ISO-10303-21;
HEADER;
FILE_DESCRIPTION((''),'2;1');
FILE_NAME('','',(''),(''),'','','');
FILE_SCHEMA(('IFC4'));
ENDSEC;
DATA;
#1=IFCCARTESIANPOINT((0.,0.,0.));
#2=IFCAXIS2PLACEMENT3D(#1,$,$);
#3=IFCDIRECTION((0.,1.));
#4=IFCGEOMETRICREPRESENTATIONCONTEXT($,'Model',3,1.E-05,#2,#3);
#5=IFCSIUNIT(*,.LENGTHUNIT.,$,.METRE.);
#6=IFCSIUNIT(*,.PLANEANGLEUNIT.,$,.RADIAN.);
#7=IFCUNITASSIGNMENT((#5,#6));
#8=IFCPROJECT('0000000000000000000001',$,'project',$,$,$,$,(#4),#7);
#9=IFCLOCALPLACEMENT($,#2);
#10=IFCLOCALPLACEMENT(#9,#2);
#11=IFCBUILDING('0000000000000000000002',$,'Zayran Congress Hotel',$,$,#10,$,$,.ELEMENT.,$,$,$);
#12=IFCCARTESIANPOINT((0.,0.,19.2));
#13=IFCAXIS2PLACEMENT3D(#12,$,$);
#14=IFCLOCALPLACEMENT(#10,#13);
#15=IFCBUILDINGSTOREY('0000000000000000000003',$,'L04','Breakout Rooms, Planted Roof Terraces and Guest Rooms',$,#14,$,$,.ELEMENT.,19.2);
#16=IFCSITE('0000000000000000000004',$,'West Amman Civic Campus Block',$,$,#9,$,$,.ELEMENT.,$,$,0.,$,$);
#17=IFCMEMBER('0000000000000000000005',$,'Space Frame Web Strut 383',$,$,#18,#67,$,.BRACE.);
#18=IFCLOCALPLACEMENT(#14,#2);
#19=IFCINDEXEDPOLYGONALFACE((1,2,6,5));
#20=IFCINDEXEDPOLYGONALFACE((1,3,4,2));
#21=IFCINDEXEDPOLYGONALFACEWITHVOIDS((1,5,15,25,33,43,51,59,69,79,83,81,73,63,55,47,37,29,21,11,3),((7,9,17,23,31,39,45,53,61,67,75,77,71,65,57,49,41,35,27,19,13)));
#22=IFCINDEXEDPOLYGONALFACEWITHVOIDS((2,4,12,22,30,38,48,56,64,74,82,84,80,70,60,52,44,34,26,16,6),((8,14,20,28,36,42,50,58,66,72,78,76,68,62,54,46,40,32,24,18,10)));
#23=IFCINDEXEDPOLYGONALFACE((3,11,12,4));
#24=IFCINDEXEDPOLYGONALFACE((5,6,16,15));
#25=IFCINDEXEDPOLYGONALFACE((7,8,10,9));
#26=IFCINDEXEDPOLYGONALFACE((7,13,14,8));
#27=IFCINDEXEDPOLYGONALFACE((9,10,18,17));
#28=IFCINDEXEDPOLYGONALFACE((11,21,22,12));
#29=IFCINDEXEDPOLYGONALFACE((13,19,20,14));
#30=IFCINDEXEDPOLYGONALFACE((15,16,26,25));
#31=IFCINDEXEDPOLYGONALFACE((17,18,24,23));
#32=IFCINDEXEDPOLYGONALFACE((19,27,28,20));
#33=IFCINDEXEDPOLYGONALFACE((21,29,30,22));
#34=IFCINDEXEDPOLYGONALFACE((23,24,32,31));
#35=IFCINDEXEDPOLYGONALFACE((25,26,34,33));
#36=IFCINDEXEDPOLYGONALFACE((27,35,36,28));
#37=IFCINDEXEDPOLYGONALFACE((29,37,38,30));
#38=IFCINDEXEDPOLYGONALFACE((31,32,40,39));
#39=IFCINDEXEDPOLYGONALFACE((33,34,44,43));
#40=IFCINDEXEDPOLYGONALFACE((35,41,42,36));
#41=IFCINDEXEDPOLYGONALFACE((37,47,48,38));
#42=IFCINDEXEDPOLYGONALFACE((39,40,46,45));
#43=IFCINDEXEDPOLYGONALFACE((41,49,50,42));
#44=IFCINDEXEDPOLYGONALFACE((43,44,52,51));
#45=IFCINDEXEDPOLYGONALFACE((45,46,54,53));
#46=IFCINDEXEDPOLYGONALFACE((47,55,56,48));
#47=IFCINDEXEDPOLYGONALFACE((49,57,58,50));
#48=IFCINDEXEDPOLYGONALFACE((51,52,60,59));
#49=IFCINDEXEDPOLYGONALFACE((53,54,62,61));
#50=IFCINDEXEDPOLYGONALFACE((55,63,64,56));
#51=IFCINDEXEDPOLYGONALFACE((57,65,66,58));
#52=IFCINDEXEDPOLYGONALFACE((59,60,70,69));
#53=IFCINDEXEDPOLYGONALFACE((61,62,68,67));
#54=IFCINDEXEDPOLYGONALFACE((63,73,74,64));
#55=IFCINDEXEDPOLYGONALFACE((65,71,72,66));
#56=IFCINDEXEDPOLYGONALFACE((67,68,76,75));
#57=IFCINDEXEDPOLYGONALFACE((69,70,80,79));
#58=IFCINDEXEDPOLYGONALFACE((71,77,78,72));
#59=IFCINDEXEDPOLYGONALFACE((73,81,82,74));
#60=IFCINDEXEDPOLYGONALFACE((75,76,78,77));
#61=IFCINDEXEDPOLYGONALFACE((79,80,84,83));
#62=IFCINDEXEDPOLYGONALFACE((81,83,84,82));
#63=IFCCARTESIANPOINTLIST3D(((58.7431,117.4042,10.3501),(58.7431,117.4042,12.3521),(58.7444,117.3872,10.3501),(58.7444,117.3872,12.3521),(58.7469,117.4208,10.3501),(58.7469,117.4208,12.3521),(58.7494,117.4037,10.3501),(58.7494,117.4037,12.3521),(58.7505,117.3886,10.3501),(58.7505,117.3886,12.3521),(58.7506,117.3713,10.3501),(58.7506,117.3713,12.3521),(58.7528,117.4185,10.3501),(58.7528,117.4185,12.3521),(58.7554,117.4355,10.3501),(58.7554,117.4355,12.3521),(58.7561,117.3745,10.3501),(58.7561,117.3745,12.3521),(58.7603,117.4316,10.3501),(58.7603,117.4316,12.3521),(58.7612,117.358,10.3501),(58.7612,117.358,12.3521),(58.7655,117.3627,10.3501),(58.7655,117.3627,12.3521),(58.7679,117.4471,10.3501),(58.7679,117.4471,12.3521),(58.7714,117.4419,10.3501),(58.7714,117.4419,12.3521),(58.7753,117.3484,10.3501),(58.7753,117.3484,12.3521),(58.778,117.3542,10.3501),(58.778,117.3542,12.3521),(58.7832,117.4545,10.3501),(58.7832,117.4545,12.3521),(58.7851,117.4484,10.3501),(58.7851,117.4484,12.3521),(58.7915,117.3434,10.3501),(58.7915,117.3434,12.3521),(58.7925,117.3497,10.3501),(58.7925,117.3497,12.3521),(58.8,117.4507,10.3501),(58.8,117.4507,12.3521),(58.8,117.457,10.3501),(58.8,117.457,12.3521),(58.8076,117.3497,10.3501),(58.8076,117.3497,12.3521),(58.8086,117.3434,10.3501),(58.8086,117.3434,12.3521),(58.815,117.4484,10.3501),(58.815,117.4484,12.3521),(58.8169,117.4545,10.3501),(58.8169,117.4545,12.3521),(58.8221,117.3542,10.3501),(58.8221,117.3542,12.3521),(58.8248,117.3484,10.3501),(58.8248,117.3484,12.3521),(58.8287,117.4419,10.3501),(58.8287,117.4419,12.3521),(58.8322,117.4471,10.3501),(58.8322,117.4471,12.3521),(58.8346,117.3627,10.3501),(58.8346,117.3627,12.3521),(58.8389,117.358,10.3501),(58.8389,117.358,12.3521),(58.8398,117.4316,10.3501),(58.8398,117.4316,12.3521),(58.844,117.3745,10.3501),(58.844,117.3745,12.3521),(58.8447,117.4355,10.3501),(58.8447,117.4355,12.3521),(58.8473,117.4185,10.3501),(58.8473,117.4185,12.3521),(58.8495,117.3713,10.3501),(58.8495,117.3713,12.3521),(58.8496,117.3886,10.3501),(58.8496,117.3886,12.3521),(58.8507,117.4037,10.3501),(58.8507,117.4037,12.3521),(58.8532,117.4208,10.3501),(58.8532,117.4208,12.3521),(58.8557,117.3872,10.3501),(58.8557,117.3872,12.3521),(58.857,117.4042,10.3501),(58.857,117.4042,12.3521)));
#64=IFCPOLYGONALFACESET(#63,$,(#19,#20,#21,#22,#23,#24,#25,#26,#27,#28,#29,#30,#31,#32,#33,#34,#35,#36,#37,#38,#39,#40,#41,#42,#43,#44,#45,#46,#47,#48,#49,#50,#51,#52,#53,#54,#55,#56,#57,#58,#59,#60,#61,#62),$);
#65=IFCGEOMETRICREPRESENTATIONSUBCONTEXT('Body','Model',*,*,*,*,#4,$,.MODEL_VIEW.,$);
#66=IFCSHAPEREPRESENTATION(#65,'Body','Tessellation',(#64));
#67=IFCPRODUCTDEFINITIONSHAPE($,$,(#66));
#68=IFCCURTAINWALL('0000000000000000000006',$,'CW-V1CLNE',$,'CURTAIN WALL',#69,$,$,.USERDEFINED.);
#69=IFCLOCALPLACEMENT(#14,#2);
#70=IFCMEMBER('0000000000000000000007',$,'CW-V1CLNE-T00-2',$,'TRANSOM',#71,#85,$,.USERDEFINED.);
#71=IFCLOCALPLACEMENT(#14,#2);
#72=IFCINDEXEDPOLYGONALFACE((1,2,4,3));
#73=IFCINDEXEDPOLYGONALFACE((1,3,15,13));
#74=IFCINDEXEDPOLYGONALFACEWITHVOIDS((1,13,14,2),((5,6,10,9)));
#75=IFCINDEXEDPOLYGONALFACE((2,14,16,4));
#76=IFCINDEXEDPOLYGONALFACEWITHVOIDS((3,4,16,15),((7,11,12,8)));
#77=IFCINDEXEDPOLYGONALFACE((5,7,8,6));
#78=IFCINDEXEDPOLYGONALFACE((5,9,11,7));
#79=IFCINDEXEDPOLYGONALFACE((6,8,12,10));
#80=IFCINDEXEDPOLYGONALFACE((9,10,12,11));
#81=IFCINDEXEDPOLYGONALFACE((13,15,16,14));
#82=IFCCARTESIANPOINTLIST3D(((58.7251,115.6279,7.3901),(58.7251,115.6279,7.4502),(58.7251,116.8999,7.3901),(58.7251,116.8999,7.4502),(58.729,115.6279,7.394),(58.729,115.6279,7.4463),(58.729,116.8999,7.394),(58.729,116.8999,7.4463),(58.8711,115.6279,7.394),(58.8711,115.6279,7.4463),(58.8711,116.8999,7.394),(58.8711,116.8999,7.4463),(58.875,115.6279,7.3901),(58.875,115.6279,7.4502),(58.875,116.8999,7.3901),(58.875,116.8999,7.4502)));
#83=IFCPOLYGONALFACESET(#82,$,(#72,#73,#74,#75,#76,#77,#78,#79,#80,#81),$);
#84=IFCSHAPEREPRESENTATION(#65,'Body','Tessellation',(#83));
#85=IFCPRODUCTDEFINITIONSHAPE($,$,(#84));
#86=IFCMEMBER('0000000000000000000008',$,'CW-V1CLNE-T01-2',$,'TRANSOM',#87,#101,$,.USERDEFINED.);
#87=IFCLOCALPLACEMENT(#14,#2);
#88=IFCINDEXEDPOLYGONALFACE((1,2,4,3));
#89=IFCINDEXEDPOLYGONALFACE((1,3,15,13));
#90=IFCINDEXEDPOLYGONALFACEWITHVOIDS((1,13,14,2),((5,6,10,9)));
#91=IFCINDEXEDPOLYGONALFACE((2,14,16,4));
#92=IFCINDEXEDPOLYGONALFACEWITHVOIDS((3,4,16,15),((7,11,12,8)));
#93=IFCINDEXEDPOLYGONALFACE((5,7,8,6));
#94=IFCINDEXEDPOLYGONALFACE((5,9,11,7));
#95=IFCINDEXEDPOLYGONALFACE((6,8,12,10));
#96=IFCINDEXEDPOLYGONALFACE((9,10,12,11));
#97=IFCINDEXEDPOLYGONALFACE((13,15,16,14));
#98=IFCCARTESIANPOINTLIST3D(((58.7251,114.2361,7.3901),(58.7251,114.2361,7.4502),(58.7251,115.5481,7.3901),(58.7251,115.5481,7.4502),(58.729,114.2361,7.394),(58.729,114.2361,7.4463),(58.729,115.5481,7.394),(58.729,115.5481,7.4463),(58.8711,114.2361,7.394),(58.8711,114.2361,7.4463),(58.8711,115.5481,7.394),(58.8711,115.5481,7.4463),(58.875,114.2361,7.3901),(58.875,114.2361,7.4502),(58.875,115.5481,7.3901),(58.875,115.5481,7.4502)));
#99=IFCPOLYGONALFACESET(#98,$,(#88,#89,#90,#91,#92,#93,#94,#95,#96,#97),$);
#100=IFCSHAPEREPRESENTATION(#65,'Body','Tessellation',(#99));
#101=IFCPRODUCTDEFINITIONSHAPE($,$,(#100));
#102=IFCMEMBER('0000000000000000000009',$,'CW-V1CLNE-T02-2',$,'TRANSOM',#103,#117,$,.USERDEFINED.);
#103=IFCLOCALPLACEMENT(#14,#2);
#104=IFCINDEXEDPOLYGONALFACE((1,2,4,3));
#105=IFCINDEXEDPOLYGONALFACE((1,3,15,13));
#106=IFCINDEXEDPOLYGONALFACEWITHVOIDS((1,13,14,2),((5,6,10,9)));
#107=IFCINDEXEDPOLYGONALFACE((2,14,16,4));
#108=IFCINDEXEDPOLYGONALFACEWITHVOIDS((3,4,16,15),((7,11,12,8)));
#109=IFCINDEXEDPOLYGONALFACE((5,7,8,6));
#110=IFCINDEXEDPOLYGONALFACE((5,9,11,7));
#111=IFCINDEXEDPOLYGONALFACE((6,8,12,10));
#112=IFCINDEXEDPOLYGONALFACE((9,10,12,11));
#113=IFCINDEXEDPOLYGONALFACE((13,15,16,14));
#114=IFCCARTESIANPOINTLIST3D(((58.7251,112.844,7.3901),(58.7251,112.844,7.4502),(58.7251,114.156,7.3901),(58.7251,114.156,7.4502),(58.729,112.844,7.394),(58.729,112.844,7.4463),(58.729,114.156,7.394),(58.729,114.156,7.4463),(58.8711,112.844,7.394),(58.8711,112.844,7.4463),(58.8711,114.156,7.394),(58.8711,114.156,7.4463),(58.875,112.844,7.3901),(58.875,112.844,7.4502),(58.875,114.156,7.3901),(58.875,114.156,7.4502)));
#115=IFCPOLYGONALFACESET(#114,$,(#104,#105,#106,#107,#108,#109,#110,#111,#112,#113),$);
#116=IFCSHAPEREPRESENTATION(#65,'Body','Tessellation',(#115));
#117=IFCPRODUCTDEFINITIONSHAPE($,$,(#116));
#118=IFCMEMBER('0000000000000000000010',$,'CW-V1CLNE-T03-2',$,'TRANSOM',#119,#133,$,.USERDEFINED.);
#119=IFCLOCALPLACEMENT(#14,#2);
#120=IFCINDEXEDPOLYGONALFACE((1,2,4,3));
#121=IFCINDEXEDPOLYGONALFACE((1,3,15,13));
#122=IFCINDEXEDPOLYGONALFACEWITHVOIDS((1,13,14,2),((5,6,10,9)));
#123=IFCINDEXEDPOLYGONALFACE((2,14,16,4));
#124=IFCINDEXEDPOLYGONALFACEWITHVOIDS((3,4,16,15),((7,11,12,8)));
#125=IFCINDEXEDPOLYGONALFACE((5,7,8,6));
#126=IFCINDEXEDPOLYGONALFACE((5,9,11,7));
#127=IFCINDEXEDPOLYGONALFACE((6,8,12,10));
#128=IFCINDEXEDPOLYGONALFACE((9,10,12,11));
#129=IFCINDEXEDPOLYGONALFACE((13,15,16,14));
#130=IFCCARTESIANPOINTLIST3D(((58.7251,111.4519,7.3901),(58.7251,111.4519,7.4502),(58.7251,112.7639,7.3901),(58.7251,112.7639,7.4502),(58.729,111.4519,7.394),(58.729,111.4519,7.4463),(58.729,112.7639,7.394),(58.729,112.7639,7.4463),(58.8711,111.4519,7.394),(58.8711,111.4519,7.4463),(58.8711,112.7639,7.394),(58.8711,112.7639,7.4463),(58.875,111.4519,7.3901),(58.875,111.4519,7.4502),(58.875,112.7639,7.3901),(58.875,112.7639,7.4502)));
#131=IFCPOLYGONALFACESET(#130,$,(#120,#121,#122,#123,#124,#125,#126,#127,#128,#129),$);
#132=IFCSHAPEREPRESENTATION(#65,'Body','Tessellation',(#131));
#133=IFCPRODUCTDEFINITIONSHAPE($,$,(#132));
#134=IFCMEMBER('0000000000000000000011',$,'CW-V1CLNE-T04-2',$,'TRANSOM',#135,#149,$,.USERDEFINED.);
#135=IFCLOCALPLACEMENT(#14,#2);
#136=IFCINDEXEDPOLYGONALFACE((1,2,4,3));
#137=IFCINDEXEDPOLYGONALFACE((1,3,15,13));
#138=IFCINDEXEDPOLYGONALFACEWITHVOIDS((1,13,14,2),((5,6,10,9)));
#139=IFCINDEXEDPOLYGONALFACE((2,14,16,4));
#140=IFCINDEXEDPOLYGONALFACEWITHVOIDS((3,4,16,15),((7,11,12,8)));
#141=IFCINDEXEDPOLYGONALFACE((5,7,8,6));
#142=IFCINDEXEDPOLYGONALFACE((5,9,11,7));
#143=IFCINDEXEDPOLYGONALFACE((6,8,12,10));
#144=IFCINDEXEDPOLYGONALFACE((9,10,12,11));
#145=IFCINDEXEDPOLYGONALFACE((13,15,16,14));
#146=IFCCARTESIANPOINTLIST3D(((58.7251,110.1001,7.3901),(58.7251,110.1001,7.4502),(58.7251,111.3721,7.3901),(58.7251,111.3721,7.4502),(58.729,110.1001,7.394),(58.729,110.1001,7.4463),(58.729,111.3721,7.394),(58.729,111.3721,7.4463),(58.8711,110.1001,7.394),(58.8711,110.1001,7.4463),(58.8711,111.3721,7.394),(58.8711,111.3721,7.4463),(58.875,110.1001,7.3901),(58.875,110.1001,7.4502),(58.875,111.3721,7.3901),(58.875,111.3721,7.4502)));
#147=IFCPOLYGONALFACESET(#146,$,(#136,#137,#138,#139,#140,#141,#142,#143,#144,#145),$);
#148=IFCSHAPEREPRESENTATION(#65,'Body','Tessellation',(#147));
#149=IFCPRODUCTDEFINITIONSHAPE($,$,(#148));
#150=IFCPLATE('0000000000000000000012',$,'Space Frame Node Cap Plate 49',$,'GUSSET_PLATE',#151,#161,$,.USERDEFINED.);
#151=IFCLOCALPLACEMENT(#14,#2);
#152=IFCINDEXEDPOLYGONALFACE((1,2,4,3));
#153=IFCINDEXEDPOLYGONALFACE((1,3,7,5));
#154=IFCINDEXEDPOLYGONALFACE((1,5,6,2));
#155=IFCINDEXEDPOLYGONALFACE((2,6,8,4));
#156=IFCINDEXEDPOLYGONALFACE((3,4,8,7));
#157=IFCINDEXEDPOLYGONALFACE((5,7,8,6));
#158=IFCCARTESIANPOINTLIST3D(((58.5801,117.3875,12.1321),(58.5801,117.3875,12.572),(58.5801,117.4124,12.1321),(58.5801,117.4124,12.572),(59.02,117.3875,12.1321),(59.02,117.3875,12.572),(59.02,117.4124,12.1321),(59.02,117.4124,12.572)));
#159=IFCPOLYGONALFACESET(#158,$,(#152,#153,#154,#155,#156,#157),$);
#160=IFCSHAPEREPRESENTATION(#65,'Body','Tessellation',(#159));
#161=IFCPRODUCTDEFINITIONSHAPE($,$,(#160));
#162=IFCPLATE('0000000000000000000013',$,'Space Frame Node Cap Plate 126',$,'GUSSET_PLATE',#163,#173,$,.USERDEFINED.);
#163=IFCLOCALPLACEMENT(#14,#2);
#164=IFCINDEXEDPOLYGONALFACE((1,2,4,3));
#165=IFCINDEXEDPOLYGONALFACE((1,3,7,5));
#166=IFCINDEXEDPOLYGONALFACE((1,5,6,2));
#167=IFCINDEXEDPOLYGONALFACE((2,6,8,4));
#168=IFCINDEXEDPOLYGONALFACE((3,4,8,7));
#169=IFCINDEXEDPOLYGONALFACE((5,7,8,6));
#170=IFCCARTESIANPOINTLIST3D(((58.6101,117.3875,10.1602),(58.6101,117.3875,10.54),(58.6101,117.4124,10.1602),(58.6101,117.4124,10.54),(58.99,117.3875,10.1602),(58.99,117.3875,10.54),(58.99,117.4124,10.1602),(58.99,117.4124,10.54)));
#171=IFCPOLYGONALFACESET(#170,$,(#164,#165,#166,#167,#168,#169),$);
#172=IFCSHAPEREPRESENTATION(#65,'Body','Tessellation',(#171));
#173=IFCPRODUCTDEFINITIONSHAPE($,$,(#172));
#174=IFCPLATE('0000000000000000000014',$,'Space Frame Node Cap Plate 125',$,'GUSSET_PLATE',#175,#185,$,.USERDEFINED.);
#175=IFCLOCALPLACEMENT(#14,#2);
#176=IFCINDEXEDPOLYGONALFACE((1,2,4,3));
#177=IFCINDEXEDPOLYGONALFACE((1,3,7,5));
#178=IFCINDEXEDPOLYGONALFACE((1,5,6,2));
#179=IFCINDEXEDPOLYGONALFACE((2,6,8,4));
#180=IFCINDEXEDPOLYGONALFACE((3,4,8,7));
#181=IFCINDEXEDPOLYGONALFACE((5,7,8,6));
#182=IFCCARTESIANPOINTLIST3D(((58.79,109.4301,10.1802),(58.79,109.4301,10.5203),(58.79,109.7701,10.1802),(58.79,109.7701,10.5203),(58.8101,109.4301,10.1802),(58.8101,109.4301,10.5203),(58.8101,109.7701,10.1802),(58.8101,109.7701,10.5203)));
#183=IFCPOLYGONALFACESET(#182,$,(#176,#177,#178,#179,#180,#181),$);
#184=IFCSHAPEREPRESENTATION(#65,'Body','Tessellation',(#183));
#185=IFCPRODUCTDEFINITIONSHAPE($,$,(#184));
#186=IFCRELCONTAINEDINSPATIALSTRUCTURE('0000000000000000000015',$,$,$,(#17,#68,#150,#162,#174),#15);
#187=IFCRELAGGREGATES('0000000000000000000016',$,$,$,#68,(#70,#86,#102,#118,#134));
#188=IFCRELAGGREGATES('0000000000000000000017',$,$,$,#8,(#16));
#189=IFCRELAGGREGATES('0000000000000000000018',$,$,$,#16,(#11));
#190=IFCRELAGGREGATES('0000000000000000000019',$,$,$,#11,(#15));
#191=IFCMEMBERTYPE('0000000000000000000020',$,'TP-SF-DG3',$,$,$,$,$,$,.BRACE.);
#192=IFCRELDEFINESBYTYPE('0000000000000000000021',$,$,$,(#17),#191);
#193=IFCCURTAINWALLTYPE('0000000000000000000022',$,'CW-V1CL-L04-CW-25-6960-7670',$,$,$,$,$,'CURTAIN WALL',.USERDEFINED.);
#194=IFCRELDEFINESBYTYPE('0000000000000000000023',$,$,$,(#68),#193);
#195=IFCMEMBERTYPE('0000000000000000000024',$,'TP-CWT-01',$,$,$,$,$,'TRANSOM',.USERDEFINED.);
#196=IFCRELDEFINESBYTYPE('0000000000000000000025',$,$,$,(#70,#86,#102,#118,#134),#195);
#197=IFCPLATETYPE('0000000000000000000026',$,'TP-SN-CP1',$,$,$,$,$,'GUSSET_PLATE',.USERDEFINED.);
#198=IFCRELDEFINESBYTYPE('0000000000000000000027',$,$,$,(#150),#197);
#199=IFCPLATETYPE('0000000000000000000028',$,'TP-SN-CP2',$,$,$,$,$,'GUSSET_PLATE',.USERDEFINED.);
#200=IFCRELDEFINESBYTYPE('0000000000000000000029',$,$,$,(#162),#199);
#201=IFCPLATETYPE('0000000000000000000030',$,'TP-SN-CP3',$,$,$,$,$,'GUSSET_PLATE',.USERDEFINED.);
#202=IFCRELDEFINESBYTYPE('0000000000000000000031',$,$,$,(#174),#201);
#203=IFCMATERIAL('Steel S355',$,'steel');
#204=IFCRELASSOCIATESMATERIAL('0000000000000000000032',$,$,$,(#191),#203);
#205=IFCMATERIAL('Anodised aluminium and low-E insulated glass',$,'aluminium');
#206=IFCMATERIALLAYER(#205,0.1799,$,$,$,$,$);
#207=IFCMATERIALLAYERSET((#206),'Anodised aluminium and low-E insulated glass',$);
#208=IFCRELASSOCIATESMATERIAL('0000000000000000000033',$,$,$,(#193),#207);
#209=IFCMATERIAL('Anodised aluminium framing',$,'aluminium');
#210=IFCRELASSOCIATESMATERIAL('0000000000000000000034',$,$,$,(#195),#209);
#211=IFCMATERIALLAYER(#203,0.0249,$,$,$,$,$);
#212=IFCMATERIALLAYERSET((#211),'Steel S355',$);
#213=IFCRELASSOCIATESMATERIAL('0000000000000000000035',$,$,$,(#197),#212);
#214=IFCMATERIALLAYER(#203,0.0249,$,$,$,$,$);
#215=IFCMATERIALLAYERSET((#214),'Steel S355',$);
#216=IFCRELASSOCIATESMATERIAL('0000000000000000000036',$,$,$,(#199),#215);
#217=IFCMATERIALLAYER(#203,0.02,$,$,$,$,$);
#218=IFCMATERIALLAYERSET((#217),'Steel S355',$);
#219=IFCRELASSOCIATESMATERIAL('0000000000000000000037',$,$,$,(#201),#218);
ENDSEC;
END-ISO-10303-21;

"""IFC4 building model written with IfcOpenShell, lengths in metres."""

from ifc_helpers import new_model, si_unit, direction, frame, origin, origin_2d, place, context, subcontext, project, spatial, rectangle, hollow_rectangle, hollow_circle, extrude, material, layer, layer_set, material_profile, profile_set, type_object, element, aggregate, save


model = new_model("IFC4")

# Units and contexts
model_context = context("Model", 3, precision=1e-05, world=origin(), true_north=direction((0.0, 1.0)))
body_context = subcontext(model_context, "Body", "Model", "MODEL_VIEW")
ifc_project = project(units=[si_unit("LENGTHUNIT", "METRE"), si_unit("PLANEANGLEUNIT", "RADIAN")], contexts=[model_context])

# Site, building, storey
site_placement = place(None, origin())
site = spatial("IfcSite", under=ifc_project, at=site_placement, Name="West Amman Civic Campus Block", CompositionType="ELEMENT", RefElevation=0.0)
building_placement = place(site_placement, origin())
building = spatial("IfcBuilding", under=site, at=building_placement, Name="Zayran Congress Hotel", CompositionType="ELEMENT")
storey_placement = place(building_placement, frame((0.0, 0.0, 19.2)))
storey = spatial("IfcBuildingStorey", under=building, at=storey_placement, Name="L04", Description="Breakout Rooms, Planted Roof Terraces and Guest Rooms", CompositionType="ELEMENT", Elevation=19.2)

# Member
ifc_material_1 = material(Name="Steel S355", Category="steel")
ifc_material_profile_1 = material_profile(ifc_material_1, hollow_circle(Radius=0.0571, WallThickness=0.0063, at=origin_2d()), Name="CHS 114.3x6.3")
ifc_profile_set_1 = profile_set([ifc_material_profile_1], Name="Steel S355")
member_type_1 = type_object("IfcMemberType", Name="TP-SF-DG3", PredefinedType="BRACE", material=ifc_profile_set_1)
for number, where, z_axis, x_axis, name in (
    (1, (58.8, 117.3999, 10.3501), (0.0, 0.0, 1.0), (0.0, 1.0, 0.0), "Space Frame Web Strut 383"),
):
    element("IfcMember", number, at=place(storey_placement, frame(where, z_axis=z_axis, x_axis=x_axis)), inside=storey, type_object=member_type_1, Name=name, PredefinedType="BRACE", context=body_context, shape_type="SweptSolid", body=[
        extrude(hollow_circle(Radius=0.0571, WallThickness=0.0063, at=origin_2d()), origin(), (0.0, 0.0, 1.0), 2.002),
    ])

# Curtain wall, members
ifc_material_2 = material(Name="Anodised aluminium and low-E insulated glass", Category="aluminium")
ifc_layer_1 = layer(ifc_material_2, 0.1799)
ifc_layer_set_1 = layer_set([ifc_layer_1], Name="Anodised aluminium and low-E insulated glass")
curtain_wall_type = type_object("IfcCurtainWallType", Name="CW-V1CL-L04-CW-25-6960-7670", ElementType="CURTAIN WALL", PredefinedType="USERDEFINED", material=ifc_layer_set_1)
curtain_wall_placement = place(storey_placement, origin())
curtain_wall = element("IfcCurtainWall", 2, at=curtain_wall_placement, inside=storey, type_object=curtain_wall_type, Name="CW-V1CLNE", ObjectType="CURTAIN WALL", PredefinedType="USERDEFINED")
ifc_material_3 = material(Name="Anodised aluminium framing", Category="aluminium")
ifc_material_profile_2 = material_profile(ifc_material_3, hollow_rectangle(XDim=0.0601, YDim=0.1499, WallThickness=0.0039, at=origin_2d()), Name="RHS 150x60x4")
ifc_profile_set_2 = profile_set([ifc_material_profile_2], Name="Anodised aluminium framing")
member_type_2 = type_object("IfcMemberType", Name="TP-CWT-01", ElementType="TRANSOM", PredefinedType="USERDEFINED", material=ifc_profile_set_2)
member_1_placement = place(storey_placement, frame((58.8, 116.8999, 7.4202), z_axis=(0.0, -1.0, 0.0), x_axis=(0.0, 0.0, 1.0)))
member_1 = element("IfcMember", 3, at=member_1_placement, type_object=member_type_2, Name="CW-V1CLNE-T00-2", ObjectType="TRANSOM", PredefinedType="USERDEFINED", context=body_context, shape_type="SweptSolid", body=[
    extrude(hollow_rectangle(XDim=0.0601, YDim=0.1499, WallThickness=0.0039, at=origin_2d()), origin(), (0.0, 0.0, 1.0), 1.272),
])
member_2_placement = place(storey_placement, frame((58.8, 115.5481, 7.4202), z_axis=(0.0, -1.0, 0.0), x_axis=(0.0, 0.0, 1.0)))
member_2 = element("IfcMember", 4, at=member_2_placement, type_object=member_type_2, Name="CW-V1CLNE-T01-2", ObjectType="TRANSOM", PredefinedType="USERDEFINED", context=body_context, shape_type="SweptSolid", body=[
    extrude(hollow_rectangle(XDim=0.0601, YDim=0.1499, WallThickness=0.0039, at=origin_2d()), origin(), (0.0, 0.0, 1.0), 1.312),
])
member_3_placement = place(storey_placement, frame((58.8, 114.156, 7.4202), z_axis=(0.0, -1.0, 0.0), x_axis=(0.0, 0.0, 1.0)))
member_3 = element("IfcMember", 5, at=member_3_placement, type_object=member_type_2, Name="CW-V1CLNE-T02-2", ObjectType="TRANSOM", PredefinedType="USERDEFINED", context=body_context, shape_type="SweptSolid", body=[
    extrude(hollow_rectangle(XDim=0.0601, YDim=0.1499, WallThickness=0.0039, at=origin_2d()), origin(), (0.0, 0.0, 1.0), 1.312),
])
member_4_placement = place(storey_placement, frame((58.8, 112.7639, 7.4202), z_axis=(0.0, -1.0, 0.0), x_axis=(0.0, 0.0, 1.0)))
member_4 = element("IfcMember", 6, at=member_4_placement, type_object=member_type_2, Name="CW-V1CLNE-T03-2", ObjectType="TRANSOM", PredefinedType="USERDEFINED", context=body_context, shape_type="SweptSolid", body=[
    extrude(hollow_rectangle(XDim=0.0601, YDim=0.1499, WallThickness=0.0039, at=origin_2d()), origin(), (0.0, 0.0, 1.0), 1.312),
])
member_5_placement = place(storey_placement, frame((58.8, 111.3721, 7.4202), z_axis=(0.0, -1.0, 0.0), x_axis=(0.0, 0.0, 1.0)))
member_5 = element("IfcMember", 7, at=member_5_placement, type_object=member_type_2, Name="CW-V1CLNE-T04-2", ObjectType="TRANSOM", PredefinedType="USERDEFINED", context=body_context, shape_type="SweptSolid", body=[
    extrude(hollow_rectangle(XDim=0.0601, YDim=0.1499, WallThickness=0.0039, at=origin_2d()), origin(), (0.0, 0.0, 1.0), 1.272),
])
aggregate(curtain_wall, [member_1, member_2, member_3, member_4, member_5])

# Plates
ifc_layer_2 = layer(ifc_material_1, 0.0249)
ifc_layer_set_2 = layer_set([ifc_layer_2], Name="Steel S355")
plate_type_1 = type_object("IfcPlateType", Name="TP-SN-CP1", ElementType="GUSSET_PLATE", PredefinedType="USERDEFINED", material=ifc_layer_set_2)
plate_1_placement = place(storey_placement, frame((58.8, 117.3999, 12.1321), z_axis=(0.0, 0.0, 1.0), x_axis=(1.0, 0.0, 0.0)))
element("IfcPlate", 8, at=plate_1_placement, inside=storey, type_object=plate_type_1, Name="Space Frame Node Cap Plate 49", ObjectType="GUSSET_PLATE", PredefinedType="USERDEFINED", context=body_context, shape_type="SweptSolid", body=[
    extrude(rectangle(XDim=0.4399, YDim=0.0249, at=origin_2d()), origin(), (0.0, 0.0, 1.0), 0.4399),
])
ifc_layer_3 = layer(ifc_material_1, 0.0249)
ifc_layer_set_3 = layer_set([ifc_layer_3], Name="Steel S355")
plate_type_2 = type_object("IfcPlateType", Name="TP-SN-CP2", ElementType="GUSSET_PLATE", PredefinedType="USERDEFINED", material=ifc_layer_set_3)
plate_2_placement = place(storey_placement, frame((58.8, 117.3999, 10.1602), z_axis=(0.0, 0.0, 1.0), x_axis=(1.0, 0.0, 0.0)))
element("IfcPlate", 9, at=plate_2_placement, inside=storey, type_object=plate_type_2, Name="Space Frame Node Cap Plate 126", ObjectType="GUSSET_PLATE", PredefinedType="USERDEFINED", context=body_context, shape_type="SweptSolid", body=[
    extrude(rectangle(XDim=0.3799, YDim=0.0249, at=origin_2d()), origin(), (0.0, 0.0, 1.0), 0.3799),
])
ifc_layer_4 = layer(ifc_material_1, 0.02)
ifc_layer_set_4 = layer_set([ifc_layer_4], Name="Steel S355")
plate_type_3 = type_object("IfcPlateType", Name="TP-SN-CP3", ElementType="GUSSET_PLATE", PredefinedType="USERDEFINED", material=ifc_layer_set_4)
plate_3_placement = place(storey_placement, frame((58.8, 109.6001, 10.1802), z_axis=(0.0, 0.0, 1.0), x_axis=(0.0, 1.0, 0.0)))
element("IfcPlate", 10, at=plate_3_placement, inside=storey, type_object=plate_type_3, Name="Space Frame Node Cap Plate 125", ObjectType="GUSSET_PLATE", PredefinedType="USERDEFINED", context=body_context, shape_type="SweptSolid", body=[
    extrude(rectangle(XDim=0.3401, YDim=0.02, at=origin_2d()), origin(), (0.0, 0.0, 1.0), 0.3401),
])

save(model, "model.ifc")
